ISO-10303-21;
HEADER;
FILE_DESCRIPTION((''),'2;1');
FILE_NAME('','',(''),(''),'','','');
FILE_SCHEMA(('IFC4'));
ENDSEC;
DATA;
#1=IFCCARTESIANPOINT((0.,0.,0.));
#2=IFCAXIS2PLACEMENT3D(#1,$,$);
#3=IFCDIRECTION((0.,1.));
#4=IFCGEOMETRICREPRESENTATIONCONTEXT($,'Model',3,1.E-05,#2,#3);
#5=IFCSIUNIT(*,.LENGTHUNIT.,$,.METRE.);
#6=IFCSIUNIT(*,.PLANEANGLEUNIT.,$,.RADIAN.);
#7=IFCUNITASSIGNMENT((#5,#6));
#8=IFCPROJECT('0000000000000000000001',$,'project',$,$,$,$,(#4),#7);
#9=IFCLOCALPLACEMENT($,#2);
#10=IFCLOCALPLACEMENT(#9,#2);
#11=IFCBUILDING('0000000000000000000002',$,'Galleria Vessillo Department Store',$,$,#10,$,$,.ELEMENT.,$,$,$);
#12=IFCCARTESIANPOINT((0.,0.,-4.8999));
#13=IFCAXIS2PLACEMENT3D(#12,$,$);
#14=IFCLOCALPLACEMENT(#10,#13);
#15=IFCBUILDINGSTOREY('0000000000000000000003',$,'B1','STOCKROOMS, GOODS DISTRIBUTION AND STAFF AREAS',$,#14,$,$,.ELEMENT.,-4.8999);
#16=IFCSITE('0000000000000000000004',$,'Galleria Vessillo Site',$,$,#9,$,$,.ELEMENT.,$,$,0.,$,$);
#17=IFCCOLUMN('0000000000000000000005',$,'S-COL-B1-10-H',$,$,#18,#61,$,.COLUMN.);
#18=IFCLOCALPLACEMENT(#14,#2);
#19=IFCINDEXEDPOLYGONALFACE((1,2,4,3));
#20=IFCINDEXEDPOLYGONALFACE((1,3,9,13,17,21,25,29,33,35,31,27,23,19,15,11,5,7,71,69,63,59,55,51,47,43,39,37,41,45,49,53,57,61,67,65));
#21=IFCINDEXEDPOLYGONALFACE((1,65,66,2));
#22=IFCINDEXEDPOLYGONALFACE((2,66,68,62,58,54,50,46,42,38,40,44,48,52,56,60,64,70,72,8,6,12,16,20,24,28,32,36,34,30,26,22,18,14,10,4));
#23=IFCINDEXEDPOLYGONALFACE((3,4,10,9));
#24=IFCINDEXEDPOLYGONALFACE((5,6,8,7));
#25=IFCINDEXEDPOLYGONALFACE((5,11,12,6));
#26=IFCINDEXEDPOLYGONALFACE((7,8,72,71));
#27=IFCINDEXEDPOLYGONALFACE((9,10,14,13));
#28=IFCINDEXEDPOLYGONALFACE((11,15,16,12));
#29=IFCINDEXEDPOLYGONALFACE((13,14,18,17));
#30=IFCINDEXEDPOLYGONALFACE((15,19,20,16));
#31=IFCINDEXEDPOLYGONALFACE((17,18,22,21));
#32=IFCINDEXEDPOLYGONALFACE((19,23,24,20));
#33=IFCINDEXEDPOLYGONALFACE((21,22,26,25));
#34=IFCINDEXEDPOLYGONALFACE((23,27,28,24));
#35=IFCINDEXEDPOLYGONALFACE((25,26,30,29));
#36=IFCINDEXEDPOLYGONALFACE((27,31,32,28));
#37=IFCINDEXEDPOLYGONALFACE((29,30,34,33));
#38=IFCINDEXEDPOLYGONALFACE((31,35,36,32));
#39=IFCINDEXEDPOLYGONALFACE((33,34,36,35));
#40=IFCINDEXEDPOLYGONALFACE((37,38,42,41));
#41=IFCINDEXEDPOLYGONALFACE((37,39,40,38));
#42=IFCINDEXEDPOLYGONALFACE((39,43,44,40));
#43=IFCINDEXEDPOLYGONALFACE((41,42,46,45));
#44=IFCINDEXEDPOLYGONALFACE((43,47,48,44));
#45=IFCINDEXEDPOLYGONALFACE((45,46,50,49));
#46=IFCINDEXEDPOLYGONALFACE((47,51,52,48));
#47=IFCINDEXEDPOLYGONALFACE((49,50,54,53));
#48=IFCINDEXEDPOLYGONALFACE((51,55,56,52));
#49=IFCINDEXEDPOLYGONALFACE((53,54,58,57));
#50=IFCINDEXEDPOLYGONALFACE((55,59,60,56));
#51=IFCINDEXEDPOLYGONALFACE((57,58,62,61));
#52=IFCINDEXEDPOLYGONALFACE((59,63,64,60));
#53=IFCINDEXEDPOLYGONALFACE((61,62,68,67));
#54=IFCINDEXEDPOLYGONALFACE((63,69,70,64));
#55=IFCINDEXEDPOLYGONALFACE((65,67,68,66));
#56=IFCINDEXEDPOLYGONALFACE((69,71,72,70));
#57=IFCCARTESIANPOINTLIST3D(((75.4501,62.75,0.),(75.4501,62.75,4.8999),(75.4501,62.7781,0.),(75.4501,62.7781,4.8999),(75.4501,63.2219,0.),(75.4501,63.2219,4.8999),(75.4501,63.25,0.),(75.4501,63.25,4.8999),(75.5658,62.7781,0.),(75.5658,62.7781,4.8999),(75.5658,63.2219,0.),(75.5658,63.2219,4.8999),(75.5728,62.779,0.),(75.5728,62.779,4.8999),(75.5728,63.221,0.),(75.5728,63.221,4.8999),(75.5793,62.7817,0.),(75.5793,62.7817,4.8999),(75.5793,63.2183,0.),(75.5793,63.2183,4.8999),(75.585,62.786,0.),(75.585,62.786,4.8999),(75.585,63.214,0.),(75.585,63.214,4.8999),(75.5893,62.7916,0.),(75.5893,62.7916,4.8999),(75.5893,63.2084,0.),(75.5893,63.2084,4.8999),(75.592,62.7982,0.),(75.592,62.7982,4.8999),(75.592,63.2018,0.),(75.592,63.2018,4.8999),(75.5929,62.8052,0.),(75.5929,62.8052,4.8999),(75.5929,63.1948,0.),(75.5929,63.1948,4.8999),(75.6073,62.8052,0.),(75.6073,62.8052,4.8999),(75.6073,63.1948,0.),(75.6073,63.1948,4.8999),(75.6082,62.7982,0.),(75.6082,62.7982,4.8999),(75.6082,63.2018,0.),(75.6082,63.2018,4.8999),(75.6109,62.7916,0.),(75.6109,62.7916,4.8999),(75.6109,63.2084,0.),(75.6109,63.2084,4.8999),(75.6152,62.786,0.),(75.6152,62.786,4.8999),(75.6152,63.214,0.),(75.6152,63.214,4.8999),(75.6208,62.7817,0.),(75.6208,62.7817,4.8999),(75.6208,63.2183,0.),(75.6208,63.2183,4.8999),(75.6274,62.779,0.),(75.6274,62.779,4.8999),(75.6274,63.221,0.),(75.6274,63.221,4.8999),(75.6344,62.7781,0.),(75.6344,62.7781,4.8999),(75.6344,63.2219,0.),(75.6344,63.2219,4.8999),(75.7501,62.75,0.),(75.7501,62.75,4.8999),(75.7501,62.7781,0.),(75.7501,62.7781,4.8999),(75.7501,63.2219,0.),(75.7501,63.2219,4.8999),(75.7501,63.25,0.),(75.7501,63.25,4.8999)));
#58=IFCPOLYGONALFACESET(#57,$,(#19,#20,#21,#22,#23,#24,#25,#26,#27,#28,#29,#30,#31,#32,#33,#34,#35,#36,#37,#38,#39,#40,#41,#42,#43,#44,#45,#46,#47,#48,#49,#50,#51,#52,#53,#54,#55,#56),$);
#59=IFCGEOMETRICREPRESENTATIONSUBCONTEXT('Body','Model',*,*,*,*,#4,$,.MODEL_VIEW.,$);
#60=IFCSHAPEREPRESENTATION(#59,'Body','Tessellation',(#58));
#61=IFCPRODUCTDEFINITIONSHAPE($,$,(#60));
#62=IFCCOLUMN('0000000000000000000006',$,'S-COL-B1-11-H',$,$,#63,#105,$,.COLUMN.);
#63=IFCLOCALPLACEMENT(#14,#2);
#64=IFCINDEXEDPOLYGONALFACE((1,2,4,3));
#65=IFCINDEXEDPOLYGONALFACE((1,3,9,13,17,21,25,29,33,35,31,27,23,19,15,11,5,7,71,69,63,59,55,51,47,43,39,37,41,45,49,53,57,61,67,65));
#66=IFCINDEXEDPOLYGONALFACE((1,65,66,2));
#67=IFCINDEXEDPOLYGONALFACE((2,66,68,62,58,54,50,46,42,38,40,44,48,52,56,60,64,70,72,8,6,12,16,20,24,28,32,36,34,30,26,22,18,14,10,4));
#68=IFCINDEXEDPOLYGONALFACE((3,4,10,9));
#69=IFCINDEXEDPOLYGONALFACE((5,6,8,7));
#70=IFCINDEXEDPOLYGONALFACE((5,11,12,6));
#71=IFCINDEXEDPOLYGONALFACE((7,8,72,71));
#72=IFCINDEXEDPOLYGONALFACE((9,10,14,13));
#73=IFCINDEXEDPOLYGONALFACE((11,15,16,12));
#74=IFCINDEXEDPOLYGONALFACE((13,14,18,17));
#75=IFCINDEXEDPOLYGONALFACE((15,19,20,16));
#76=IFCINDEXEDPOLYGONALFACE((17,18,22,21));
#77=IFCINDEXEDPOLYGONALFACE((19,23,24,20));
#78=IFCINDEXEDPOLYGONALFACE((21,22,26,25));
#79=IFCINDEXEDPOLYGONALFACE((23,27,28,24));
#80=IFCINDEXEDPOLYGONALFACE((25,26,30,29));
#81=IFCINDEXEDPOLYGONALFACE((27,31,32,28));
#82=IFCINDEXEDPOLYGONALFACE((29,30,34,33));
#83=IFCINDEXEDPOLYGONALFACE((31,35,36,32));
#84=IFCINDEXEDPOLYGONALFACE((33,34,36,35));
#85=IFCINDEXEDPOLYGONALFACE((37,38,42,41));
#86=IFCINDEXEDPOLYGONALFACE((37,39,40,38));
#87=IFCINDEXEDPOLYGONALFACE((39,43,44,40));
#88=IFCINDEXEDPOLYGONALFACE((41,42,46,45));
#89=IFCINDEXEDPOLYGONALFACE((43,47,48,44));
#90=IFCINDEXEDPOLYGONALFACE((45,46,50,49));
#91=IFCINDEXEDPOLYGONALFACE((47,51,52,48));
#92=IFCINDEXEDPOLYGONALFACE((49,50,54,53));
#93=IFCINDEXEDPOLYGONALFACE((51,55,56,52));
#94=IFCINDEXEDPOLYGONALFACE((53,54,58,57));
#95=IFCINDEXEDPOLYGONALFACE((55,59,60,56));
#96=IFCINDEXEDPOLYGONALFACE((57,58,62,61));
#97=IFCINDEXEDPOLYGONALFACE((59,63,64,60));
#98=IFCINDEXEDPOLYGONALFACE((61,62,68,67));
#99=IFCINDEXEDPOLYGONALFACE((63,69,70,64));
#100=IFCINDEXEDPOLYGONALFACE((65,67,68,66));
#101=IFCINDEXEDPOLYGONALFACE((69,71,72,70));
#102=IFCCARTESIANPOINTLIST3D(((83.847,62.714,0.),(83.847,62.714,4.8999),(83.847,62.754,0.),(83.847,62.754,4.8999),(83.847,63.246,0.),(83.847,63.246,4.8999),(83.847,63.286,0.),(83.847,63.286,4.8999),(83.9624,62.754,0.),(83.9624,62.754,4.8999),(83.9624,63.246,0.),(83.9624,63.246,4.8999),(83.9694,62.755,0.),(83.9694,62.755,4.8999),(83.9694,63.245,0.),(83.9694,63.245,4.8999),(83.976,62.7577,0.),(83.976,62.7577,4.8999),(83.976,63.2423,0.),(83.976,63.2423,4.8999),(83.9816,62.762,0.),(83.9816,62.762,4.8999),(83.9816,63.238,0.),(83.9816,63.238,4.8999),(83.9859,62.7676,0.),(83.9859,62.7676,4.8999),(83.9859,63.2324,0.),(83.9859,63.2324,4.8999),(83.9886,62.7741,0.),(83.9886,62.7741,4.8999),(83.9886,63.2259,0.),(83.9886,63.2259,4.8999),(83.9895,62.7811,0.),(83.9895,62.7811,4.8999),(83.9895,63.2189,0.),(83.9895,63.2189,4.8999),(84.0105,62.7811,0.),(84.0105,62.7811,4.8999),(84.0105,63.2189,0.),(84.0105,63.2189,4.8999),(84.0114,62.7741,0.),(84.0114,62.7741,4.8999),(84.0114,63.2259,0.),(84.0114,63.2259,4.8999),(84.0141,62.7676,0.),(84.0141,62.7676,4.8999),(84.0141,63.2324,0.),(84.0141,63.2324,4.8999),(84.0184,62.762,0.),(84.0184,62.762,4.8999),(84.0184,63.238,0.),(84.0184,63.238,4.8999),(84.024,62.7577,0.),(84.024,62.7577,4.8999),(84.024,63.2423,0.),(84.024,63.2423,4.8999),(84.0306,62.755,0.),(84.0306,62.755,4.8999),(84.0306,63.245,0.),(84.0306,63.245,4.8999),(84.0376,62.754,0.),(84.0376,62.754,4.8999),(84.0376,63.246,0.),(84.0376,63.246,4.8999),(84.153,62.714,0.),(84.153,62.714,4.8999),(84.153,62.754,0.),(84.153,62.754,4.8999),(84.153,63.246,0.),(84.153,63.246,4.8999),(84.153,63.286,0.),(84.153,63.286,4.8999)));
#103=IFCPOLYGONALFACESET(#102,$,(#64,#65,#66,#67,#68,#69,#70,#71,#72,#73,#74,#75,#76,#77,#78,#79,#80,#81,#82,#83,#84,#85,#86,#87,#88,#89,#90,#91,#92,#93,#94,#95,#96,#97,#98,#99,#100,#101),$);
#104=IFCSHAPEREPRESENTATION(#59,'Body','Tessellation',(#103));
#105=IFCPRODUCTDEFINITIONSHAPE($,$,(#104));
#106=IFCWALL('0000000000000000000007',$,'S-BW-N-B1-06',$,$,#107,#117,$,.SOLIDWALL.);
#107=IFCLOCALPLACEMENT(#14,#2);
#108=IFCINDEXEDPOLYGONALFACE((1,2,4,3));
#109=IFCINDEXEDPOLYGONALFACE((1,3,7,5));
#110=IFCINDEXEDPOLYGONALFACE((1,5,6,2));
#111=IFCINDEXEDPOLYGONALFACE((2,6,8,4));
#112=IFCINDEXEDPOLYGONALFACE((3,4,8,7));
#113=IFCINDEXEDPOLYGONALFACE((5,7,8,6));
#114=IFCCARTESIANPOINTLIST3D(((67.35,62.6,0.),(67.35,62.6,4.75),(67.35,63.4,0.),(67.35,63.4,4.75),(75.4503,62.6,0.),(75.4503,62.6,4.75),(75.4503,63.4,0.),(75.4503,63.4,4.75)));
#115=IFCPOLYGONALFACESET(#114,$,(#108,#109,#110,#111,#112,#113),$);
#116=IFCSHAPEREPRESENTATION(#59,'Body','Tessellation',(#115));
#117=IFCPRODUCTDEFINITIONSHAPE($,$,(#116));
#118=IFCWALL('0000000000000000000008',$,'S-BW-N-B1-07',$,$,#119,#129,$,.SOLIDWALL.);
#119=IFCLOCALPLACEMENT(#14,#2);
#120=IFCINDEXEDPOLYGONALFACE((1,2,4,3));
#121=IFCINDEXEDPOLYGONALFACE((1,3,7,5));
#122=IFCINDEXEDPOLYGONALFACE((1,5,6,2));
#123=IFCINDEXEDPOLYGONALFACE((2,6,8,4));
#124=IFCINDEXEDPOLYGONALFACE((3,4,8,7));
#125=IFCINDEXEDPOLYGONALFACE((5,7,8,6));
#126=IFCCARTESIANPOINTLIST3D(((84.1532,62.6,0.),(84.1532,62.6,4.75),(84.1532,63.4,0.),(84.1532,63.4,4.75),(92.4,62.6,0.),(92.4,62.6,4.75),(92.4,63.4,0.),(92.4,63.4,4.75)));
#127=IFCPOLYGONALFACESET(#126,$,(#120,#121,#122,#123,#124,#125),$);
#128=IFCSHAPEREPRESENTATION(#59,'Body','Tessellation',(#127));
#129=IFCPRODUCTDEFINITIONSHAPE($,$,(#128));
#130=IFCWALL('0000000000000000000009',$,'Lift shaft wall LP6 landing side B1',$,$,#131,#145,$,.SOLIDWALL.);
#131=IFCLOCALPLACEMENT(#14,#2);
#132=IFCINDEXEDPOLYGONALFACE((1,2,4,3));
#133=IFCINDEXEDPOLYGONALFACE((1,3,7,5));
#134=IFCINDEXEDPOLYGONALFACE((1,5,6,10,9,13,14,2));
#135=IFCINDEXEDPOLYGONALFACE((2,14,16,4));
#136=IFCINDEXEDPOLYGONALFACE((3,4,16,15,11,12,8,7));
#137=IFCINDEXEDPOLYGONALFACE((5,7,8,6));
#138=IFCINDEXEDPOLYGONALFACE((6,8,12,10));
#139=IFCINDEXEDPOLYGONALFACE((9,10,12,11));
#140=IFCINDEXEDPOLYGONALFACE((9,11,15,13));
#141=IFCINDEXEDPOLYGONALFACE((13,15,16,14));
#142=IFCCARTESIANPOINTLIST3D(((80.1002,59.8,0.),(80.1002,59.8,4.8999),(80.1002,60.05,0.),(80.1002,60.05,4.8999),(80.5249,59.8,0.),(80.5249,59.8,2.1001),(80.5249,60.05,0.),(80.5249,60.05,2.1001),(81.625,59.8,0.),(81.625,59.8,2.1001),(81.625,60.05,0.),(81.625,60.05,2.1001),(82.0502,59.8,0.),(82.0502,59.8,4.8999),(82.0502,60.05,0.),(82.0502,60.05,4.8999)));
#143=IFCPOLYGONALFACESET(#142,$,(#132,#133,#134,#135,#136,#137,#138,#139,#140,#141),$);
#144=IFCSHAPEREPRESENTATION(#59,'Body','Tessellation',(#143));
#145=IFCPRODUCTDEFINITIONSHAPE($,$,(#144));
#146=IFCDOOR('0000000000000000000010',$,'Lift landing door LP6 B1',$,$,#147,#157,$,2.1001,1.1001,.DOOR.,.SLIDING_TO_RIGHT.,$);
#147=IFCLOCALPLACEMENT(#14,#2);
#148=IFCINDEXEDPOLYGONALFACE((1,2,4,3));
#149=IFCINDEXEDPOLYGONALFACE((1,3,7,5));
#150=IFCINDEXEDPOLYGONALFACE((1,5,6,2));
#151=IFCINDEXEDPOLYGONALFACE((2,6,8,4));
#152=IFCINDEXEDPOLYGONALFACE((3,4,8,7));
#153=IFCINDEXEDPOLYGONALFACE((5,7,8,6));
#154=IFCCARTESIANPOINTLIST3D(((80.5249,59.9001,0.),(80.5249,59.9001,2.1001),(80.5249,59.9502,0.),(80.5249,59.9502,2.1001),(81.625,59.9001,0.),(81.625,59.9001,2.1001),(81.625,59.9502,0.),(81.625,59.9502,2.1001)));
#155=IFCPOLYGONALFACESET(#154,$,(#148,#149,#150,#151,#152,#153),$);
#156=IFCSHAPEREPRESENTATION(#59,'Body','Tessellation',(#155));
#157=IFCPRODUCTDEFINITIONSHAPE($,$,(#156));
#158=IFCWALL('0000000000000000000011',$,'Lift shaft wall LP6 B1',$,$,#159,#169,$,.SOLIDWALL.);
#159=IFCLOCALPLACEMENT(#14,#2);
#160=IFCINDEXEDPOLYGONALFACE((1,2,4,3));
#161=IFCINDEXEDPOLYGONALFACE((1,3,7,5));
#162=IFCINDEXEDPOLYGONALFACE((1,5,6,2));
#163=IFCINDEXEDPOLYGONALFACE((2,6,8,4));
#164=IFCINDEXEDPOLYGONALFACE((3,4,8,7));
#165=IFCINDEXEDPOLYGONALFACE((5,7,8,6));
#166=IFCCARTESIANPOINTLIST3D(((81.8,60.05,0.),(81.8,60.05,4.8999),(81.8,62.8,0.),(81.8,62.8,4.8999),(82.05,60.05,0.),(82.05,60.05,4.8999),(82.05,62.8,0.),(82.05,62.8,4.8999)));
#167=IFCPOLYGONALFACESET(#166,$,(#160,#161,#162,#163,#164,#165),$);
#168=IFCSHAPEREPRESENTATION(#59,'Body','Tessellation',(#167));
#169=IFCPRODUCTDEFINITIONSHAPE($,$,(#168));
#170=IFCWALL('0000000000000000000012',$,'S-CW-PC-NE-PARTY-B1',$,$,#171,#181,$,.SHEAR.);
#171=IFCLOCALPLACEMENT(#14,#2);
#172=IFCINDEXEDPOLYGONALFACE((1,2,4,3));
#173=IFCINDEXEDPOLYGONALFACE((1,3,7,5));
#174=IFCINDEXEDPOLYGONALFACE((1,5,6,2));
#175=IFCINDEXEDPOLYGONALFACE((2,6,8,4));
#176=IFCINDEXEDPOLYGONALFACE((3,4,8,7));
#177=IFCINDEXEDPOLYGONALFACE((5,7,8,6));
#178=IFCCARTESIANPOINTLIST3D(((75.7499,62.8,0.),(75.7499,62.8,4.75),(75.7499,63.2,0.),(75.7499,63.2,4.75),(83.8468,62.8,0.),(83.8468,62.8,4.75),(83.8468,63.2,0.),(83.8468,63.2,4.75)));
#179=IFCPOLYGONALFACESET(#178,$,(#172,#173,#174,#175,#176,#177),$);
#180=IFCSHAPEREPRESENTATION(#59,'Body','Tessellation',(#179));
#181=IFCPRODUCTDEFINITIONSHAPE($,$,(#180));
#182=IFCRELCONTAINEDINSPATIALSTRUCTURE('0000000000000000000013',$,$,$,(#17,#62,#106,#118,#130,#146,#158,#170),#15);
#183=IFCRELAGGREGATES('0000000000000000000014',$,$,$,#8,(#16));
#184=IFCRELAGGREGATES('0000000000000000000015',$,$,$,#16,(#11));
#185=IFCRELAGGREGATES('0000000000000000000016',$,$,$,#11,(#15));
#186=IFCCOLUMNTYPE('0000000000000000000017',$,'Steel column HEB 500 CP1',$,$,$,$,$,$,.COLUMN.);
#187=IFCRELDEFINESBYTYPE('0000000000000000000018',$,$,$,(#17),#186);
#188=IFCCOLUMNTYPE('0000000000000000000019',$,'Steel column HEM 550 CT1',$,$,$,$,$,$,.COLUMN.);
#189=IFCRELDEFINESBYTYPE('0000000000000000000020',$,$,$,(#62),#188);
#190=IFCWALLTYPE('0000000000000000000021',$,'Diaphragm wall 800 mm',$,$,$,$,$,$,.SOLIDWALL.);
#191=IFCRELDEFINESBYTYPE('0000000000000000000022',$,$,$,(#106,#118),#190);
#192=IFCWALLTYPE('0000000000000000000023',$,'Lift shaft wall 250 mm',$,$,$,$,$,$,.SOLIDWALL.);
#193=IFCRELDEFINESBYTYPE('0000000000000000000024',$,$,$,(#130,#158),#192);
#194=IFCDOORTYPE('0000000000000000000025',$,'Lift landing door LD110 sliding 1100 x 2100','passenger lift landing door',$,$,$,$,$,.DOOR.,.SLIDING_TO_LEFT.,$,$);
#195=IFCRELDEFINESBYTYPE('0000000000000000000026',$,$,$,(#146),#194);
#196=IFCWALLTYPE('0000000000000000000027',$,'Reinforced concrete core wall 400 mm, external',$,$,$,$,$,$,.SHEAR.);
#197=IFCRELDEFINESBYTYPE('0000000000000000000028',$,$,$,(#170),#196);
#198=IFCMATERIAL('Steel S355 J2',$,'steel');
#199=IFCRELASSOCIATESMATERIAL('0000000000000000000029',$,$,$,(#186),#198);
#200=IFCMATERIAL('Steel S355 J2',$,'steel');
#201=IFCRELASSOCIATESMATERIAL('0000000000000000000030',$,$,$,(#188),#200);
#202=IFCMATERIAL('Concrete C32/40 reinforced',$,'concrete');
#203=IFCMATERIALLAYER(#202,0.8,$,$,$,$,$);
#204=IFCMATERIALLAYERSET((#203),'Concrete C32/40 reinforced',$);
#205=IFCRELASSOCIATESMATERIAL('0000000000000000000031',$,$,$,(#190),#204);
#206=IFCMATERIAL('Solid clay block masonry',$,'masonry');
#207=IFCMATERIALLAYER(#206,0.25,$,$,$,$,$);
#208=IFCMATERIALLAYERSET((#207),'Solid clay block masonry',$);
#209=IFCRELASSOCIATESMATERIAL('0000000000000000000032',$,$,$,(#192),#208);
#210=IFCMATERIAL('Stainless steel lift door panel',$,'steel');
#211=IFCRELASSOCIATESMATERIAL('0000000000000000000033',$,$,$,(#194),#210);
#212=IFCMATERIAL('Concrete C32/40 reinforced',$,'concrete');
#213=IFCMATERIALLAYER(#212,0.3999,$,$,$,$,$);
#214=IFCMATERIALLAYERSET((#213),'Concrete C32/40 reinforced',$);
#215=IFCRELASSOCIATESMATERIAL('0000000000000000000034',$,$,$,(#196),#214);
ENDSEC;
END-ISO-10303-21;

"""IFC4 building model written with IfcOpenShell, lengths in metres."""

from ifc_helpers import new_model, si_unit, direction, frame, frame_2d, origin, origin_2d, place, context, subcontext, project, spatial, rectangle, i_section, extrude, material, layer, layer_set, material_profile, profile_set, type_object, element, fill, save


model = new_model("IFC4")

# Units and contexts
model_context = context("Model", 3, precision=1e-05, world=origin(), true_north=direction((0.0, 1.0)))
body_context = subcontext(model_context, "Body", "Model", "MODEL_VIEW")
ifc_project = project(units=[si_unit("LENGTHUNIT", "METRE"), si_unit("PLANEANGLEUNIT", "RADIAN")], contexts=[model_context])

# Site, building, storey
site_placement = place(None, origin())
site = spatial("IfcSite", under=ifc_project, at=site_placement, Name="Galleria Vessillo Site", CompositionType="ELEMENT", RefElevation=0.0)
building_placement = place(site_placement, origin())
building = spatial("IfcBuilding", under=site, at=building_placement, Name="Galleria Vessillo Department Store", CompositionType="ELEMENT")
storey_placement = place(building_placement, frame((0.0, 0.0, -4.8999)))
storey = spatial("IfcBuildingStorey", under=building, at=storey_placement, Name="B1", Description="STOCKROOMS, GOODS DISTRIBUTION AND STAFF AREAS", CompositionType="ELEMENT", Elevation=-4.8999)

# Columns
ifc_material_1 = material(Name="Steel S355 J2", Category="steel")
ifc_material_profile_1 = material_profile(ifc_material_1, i_section(OverallWidth=0.3, OverallDepth=0.5, WebThickness=0.0144, FlangeThickness=0.0281, FilletRadius=0.0271, at=origin_2d()), Name="HEB 500")
ifc_profile_set_1 = profile_set([ifc_material_profile_1], Name="Steel S355 J2")
column_type_1 = type_object("IfcColumnType", Name="Steel column HEB 500 CP1", PredefinedType="COLUMN", material=ifc_profile_set_1)
column_1_placement = place(storey_placement, frame((75.6001, 63.0, 0.0), z_axis=(0.0, 0.0, 1.0), x_axis=(1.0, 0.0, 0.0)))
element("IfcColumn", 1, at=column_1_placement, inside=storey, type_object=column_type_1, Name="S-COL-B1-10-H", PredefinedType="COLUMN", context=body_context, shape_type="SweptSolid", body=[
    extrude(i_section(OverallWidth=0.3, OverallDepth=0.5, WebThickness=0.0144, FlangeThickness=0.0281, FilletRadius=0.0271, at=origin_2d()), origin(), (0.0, 0.0, 1.0), 4.8999),
])
ifc_material_2 = material(Name="Steel S355 J2", Category="steel")
ifc_material_profile_2 = material_profile(ifc_material_2, i_section(OverallWidth=0.3059, OverallDepth=0.572, WebThickness=0.021, FlangeThickness=0.04, FilletRadius=0.0271, at=origin_2d()), Name="HEM 550")
ifc_profile_set_2 = profile_set([ifc_material_profile_2], Name="Steel S355 J2")
column_type_2 = type_object("IfcColumnType", Name="Steel column HEM 550 CT1", PredefinedType="COLUMN", material=ifc_profile_set_2)
column_2_placement = place(storey_placement, frame((84.0, 63.0, 0.0), z_axis=(0.0, 0.0, 1.0), x_axis=(1.0, 0.0, 0.0)))
element("IfcColumn", 2, at=column_2_placement, inside=storey, type_object=column_type_2, Name="S-COL-B1-11-H", PredefinedType="COLUMN", context=body_context, shape_type="SweptSolid", body=[
    extrude(i_section(OverallWidth=0.3059, OverallDepth=0.572, WebThickness=0.021, FlangeThickness=0.04, FilletRadius=0.0271, at=origin_2d()), origin(), (0.0, 0.0, 1.0), 4.8999),
])

# Walls
ifc_material_3 = material(Name="Concrete C32/40 reinforced", Category="concrete")
ifc_layer_1 = layer(ifc_material_3, 0.8)
ifc_layer_set_1 = layer_set([ifc_layer_1], Name="Concrete C32/40 reinforced")
wall_type_1 = type_object("IfcWallType", Name="Diaphragm wall 800 mm", PredefinedType="SOLIDWALL", material=ifc_layer_set_1)
wall_1_placement = place(storey_placement, frame((67.3499, 63.0, 0.0), z_axis=(0.0, 0.0, 1.0), x_axis=(1.0, 0.0, 0.0)))
element("IfcWall", 3, at=wall_1_placement, inside=storey, type_object=wall_type_1, Name="S-BW-N-B1-06", PredefinedType="SOLIDWALL", context=body_context, shape_type="SweptSolid", body=[
    extrude(rectangle(XDim=8.1003, YDim=0.8, at=frame_2d((4.0503, 0.0))), origin(), (0.0, 0.0, 1.0), 4.75),
])
wall_2_placement = place(storey_placement, frame((84.1531, 63.0, 0.0), z_axis=(0.0, 0.0, 1.0), x_axis=(1.0, 0.0, 0.0)))
element("IfcWall", 4, at=wall_2_placement, inside=storey, type_object=wall_type_1, Name="S-BW-N-B1-07", PredefinedType="SOLIDWALL", context=body_context, shape_type="SweptSolid", body=[
    extrude(rectangle(XDim=8.2468, YDim=0.8, at=frame_2d((4.1235, 0.0))), origin(), (0.0, 0.0, 1.0), 4.75),
])

# Wall, opening, door
ifc_material_4 = material(Name="Solid clay block masonry", Category="masonry")
ifc_layer_2 = layer(ifc_material_4, 0.25)
ifc_layer_set_2 = layer_set([ifc_layer_2], Name="Solid clay block masonry")
wall_type_2 = type_object("IfcWallType", Name="Lift shaft wall 250 mm", PredefinedType="SOLIDWALL", material=ifc_layer_set_2)
wall_3_placement = place(storey_placement, frame((80.1001, 59.925, 0.0), z_axis=(0.0, 0.0, 1.0), x_axis=(1.0, 0.0, 0.0)))
wall_3 = element("IfcWall", 5, at=wall_3_placement, inside=storey, type_object=wall_type_2, Name="Lift shaft wall LP6 landing side B1", PredefinedType="SOLIDWALL", context=body_context, shape_type="SweptSolid", body=[
    extrude(rectangle(XDim=1.95, YDim=0.25, at=frame_2d((0.9751, 0.0))), origin(), (0.0, 0.0, 1.0), 4.8999),
])
opening_1_placement = place(wall_3_placement, frame((0.4248, 0.0, 0.0)))
opening_1 = element("IfcOpeningElement", 6, at=opening_1_placement, cuts=wall_3, PredefinedType="OPENING", context=body_context, shape_type="SweptSolid", body=[
    extrude(rectangle(XDim=1.1001, YDim=2.1001, at=frame_2d((0.55, 1.05))), frame((0.0, 0.135, 0.0), z_axis=(0.0, -1.0, 0.0), x_axis=(1.0, 0.0, 0.0)), (0.0, 0.0, 1.0), 0.27),
])
ifc_material_5 = material(Name="Stainless steel lift door panel", Category="steel")
door_type_1 = type_object("IfcDoorType", Name="Lift landing door LD110 sliding 1100 x 2100", Description="passenger lift landing door", OperationType="SLIDING_TO_LEFT", PredefinedType="DOOR", material=ifc_material_5)
door_1_placement = place(opening_1_placement, frame((1.1001, 0.0, 0.0), z_axis=(0.0, 0.0, 1.0), x_axis=(-1.0, 0.0, 0.0)))
door_1 = element("IfcDoor", 7, at=door_1_placement, inside=storey, type_object=door_type_1, Name="Lift landing door LP6 B1", OperationType="SLIDING_TO_RIGHT", OverallHeight=2.1001, OverallWidth=1.1001, PredefinedType="DOOR", context=body_context, shape_type="SweptSolid", body=[
    extrude(rectangle(XDim=1.1001, YDim=2.1001, at=frame_2d((0.55, 1.05))), frame((0.0, 0.0249, 0.0), z_axis=(0.0, -1.0, 0.0), x_axis=(1.0, 0.0, 0.0)), (0.0, 0.0, 1.0), 0.05),
])
fill(opening_1, door_1)

# Walls
wall_4_placement = place(storey_placement, frame((81.925, 62.8, 0.0), z_axis=(0.0, 0.0, 1.0), x_axis=(0.0, -1.0, 0.0)))
element("IfcWall", 8, at=wall_4_placement, inside=storey, type_object=wall_type_2, Name="Lift shaft wall LP6 B1", PredefinedType="SOLIDWALL", context=body_context, shape_type="SweptSolid", body=[
    extrude(rectangle(XDim=2.75, YDim=0.25, at=frame_2d((1.375, 0.0))), origin(), (0.0, 0.0, 1.0), 4.8999),
])
ifc_material_6 = material(Name="Concrete C32/40 reinforced", Category="concrete")
ifc_layer_3 = layer(ifc_material_6, 0.3999)
ifc_layer_set_3 = layer_set([ifc_layer_3], Name="Concrete C32/40 reinforced")
wall_type_3 = type_object("IfcWallType", Name="Reinforced concrete core wall 400 mm, external", PredefinedType="SHEAR", material=ifc_layer_set_3)
wall_5_placement = place(storey_placement, frame((75.75, 63.0, 0.0), z_axis=(0.0, 0.0, 1.0), x_axis=(1.0, 0.0, 0.0)))
element("IfcWall", 9, at=wall_5_placement, inside=storey, type_object=wall_type_3, Name="S-CW-PC-NE-PARTY-B1", PredefinedType="SHEAR", context=body_context, shape_type="SweptSolid", body=[
    extrude(rectangle(XDim=8.0969, YDim=0.3999, at=frame_2d((4.0483, 0.0))), origin(), (0.0, 0.0, 1.0), 4.75),
])

save(model, "model.ifc")
